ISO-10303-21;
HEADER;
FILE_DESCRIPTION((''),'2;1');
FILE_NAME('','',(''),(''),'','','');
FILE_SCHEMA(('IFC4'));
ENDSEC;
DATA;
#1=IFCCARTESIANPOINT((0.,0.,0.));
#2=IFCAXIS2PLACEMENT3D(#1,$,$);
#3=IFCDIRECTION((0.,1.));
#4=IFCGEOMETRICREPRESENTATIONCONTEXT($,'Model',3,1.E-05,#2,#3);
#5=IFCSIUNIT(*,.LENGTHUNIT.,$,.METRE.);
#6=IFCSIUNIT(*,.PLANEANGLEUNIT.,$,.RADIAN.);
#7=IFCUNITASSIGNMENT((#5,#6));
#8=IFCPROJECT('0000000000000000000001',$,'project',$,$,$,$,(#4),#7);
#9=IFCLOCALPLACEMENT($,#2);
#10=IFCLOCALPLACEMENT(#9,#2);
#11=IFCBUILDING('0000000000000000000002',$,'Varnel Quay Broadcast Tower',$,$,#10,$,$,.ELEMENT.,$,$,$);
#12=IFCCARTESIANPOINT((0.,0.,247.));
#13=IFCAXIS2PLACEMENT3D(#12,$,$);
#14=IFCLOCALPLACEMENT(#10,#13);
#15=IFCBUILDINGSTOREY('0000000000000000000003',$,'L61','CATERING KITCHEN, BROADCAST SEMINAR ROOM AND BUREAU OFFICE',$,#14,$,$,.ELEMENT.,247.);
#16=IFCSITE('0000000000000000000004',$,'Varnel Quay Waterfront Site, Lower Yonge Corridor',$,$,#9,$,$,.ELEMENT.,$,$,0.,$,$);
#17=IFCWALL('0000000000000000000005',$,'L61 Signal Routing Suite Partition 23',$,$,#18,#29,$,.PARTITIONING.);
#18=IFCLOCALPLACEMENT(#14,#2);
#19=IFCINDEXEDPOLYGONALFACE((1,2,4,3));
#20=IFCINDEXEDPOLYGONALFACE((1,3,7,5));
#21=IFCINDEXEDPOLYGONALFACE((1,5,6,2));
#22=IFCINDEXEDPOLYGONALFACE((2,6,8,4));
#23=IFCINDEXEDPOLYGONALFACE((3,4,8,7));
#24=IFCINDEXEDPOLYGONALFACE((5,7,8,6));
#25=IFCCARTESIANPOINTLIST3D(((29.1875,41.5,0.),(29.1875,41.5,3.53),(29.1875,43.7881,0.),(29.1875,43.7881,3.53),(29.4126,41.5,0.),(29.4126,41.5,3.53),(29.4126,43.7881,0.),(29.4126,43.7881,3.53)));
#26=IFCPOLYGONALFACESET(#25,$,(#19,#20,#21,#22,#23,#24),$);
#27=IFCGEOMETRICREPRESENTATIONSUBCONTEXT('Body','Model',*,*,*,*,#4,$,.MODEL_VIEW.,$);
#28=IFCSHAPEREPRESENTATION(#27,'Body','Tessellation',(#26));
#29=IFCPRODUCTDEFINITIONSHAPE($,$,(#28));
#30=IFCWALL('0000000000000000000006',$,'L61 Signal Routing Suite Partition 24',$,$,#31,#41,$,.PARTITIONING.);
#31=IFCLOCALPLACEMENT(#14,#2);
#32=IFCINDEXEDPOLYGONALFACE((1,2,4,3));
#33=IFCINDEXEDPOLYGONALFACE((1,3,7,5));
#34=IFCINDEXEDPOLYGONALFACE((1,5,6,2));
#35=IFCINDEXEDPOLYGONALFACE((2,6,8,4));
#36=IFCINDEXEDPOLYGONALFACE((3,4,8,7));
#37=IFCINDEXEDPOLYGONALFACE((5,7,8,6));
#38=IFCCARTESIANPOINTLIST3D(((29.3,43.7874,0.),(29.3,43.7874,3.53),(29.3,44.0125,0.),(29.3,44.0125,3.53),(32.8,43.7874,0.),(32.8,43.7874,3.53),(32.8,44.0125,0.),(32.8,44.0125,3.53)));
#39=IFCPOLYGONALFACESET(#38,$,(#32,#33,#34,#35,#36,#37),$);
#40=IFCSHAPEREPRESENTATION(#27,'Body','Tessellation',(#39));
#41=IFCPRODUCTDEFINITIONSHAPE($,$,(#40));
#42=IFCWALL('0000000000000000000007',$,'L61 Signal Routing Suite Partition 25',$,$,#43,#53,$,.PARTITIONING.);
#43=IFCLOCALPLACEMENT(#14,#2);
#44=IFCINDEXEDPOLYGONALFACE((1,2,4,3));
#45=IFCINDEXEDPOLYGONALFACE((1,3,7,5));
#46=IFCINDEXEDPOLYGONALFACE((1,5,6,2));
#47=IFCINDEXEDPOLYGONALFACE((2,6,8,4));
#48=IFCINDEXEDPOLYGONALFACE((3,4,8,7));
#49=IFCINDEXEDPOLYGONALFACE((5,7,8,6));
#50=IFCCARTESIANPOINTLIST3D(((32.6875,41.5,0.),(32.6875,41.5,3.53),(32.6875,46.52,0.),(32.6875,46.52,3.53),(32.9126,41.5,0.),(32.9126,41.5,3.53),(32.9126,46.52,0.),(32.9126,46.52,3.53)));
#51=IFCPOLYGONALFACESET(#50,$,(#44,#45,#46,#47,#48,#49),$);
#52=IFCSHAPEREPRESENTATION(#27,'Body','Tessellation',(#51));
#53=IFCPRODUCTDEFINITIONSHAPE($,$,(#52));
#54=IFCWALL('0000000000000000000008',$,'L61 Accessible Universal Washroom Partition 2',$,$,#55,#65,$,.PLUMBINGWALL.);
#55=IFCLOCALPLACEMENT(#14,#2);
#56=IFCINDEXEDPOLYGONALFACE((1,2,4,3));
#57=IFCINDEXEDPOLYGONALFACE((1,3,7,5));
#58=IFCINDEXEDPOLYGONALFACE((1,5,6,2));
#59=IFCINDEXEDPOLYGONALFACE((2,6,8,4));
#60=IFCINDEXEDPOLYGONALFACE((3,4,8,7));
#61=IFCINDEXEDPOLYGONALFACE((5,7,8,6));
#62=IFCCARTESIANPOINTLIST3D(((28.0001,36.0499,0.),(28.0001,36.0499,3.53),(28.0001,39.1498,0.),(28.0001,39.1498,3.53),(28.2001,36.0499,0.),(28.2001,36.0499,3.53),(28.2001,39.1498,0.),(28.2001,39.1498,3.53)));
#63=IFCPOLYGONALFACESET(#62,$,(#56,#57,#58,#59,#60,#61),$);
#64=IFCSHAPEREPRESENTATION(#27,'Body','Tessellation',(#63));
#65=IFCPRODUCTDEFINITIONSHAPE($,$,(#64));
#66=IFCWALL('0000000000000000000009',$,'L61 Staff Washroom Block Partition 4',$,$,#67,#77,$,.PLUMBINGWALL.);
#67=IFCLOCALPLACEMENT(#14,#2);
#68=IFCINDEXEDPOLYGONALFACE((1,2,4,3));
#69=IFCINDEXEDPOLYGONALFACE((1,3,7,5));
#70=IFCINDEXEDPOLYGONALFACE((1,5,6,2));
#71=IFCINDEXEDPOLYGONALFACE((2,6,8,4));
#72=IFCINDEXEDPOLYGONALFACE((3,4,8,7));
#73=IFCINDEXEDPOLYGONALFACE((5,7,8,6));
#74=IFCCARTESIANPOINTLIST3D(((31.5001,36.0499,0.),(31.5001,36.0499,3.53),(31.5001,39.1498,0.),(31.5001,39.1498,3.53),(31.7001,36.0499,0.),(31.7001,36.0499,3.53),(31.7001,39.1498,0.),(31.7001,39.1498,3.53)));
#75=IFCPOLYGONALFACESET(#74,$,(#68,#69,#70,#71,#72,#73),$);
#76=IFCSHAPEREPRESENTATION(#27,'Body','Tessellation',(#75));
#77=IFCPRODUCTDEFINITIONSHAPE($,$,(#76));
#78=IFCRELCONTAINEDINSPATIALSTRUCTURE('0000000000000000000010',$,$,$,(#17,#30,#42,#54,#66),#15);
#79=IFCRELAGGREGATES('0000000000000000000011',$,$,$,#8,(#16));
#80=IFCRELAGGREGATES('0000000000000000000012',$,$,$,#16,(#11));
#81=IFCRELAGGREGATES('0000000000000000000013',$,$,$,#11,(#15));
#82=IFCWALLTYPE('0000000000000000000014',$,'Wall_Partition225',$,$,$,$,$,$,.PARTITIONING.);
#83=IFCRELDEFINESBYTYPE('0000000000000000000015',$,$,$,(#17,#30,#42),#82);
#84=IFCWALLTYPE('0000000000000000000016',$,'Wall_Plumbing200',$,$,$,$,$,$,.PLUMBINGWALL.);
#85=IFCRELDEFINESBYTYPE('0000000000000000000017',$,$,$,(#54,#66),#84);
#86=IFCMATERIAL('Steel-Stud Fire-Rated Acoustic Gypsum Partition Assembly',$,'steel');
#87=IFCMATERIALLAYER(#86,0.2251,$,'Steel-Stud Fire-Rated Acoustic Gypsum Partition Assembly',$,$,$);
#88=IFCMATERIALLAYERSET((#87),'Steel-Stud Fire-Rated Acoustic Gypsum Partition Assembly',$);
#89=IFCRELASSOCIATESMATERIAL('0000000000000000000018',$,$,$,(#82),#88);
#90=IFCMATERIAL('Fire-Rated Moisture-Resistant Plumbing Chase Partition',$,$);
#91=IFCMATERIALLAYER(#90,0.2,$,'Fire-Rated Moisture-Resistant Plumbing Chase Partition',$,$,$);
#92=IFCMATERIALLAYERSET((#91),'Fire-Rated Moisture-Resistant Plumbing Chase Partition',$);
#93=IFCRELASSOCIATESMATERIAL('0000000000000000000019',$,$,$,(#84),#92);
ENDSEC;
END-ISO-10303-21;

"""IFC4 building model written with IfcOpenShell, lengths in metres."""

from ifc_helpers import new_model, si_unit, direction, frame, frame_2d, origin, place, context, subcontext, project, spatial, rectangle, extrude, material, layer, layer_set, type_object, element, save


model = new_model("IFC4")

# Units and contexts
model_context = context("Model", 3, precision=1e-05, world=origin(), true_north=direction((0.0, 1.0)))
body_context = subcontext(model_context, "Body", "Model", "MODEL_VIEW")
ifc_project = project(units=[si_unit("LENGTHUNIT", "METRE"), si_unit("PLANEANGLEUNIT", "RADIAN")], contexts=[model_context])

# Site, building, storey
site_placement = place(None, origin())
site = spatial("IfcSite", under=ifc_project, at=site_placement, Name="Varnel Quay Waterfront Site, Lower Yonge Corridor", CompositionType="ELEMENT", RefElevation=0.0)
building_placement = place(site_placement, origin())
building = spatial("IfcBuilding", under=site, at=building_placement, Name="Varnel Quay Broadcast Tower", CompositionType="ELEMENT")
storey_placement = place(building_placement, frame((0.0, 0.0, 247.0)))
storey = spatial("IfcBuildingStorey", under=building, at=storey_placement, Name="L61", Description="CATERING KITCHEN, BROADCAST SEMINAR ROOM AND BUREAU OFFICE", CompositionType="ELEMENT", Elevation=247.0)

# Shared definitions
ifc_material_1 = material(Name="Steel-Stud Fire-Rated Acoustic Gypsum Partition Assembly", Category="steel")

# Walls
ifc_layer_1 = layer(ifc_material_1, 0.2251, Name="Steel-Stud Fire-Rated Acoustic Gypsum Partition Assembly")
ifc_layer_set_1 = layer_set([ifc_layer_1], Name="Steel-Stud Fire-Rated Acoustic Gypsum Partition Assembly")
wall_type_1 = type_object("IfcWallType", Name="Wall_Partition225", PredefinedType="PARTITIONING", material=ifc_layer_set_1)
wall_1_placement = place(storey_placement, frame((29.3, 41.5, 0.0), z_axis=(0.0, 0.0, 1.0), x_axis=(0.0, 1.0, 0.0)))
element("IfcWall", 1, at=wall_1_placement, inside=storey, type_object=wall_type_1, Name="L61 Signal Routing Suite Partition 23", PredefinedType="PARTITIONING", context=body_context, shape_type="SweptSolid", body=[
    extrude(rectangle(XDim=2.2881, YDim=0.2251, at=frame_2d((1.144, 0.0))), origin(), (0.0, 0.0, 1.0), 3.53),
])
wall_2_placement = place(storey_placement, frame((29.3, 43.8999, 0.0), z_axis=(0.0, 0.0, 1.0), x_axis=(1.0, 0.0, 0.0)))
element("IfcWall", 2, at=wall_2_placement, inside=storey, type_object=wall_type_1, Name="L61 Signal Routing Suite Partition 24", PredefinedType="PARTITIONING", context=body_context, shape_type="SweptSolid", body=[
    extrude(rectangle(XDim=3.5, YDim=0.2251, at=frame_2d((1.75, 0.0))), origin(), (0.0, 0.0, 1.0), 3.53),
])
wall_3_placement = place(storey_placement, frame((32.8, 41.5, 0.0), z_axis=(0.0, 0.0, 1.0), x_axis=(0.0, 1.0, 0.0)))
element("IfcWall", 3, at=wall_3_placement, inside=storey, type_object=wall_type_1, Name="L61 Signal Routing Suite Partition 25", PredefinedType="PARTITIONING", context=body_context, shape_type="SweptSolid", body=[
    extrude(rectangle(XDim=5.02, YDim=0.2251, at=frame_2d((2.51, 0.0))), origin(), (0.0, 0.0, 1.0), 3.53),
])
ifc_material_2 = material(Name="Fire-Rated Moisture-Resistant Plumbing Chase Partition")
ifc_layer_2 = layer(ifc_material_2, 0.2, Name="Fire-Rated Moisture-Resistant Plumbing Chase Partition")
ifc_layer_set_2 = layer_set([ifc_layer_2], Name="Fire-Rated Moisture-Resistant Plumbing Chase Partition")
wall_type_2 = type_object("IfcWallType", Name="Wall_Plumbing200", PredefinedType="PLUMBINGWALL", material=ifc_layer_set_2)
for number, where, z_axis, x_axis, name in (
    (4, (28.1001, 36.05, 0.0), (0.0, 0.0, 1.0), (0.0, 1.0, 0.0), "L61 Accessible Universal Washroom Partition 2"),
    (5, (31.6001, 36.05, 0.0), (0.0, 0.0, 1.0), (0.0, 1.0, 0.0), "L61 Staff Washroom Block Partition 4"),
):
    element("IfcWall", number, at=place(storey_placement, frame(where, z_axis=z_axis, x_axis=x_axis)), inside=storey, type_object=wall_type_2, Name=name, PredefinedType="PLUMBINGWALL", context=body_context, shape_type="SweptSolid", body=[
        extrude(rectangle(XDim=3.0999, YDim=0.2, at=frame_2d((1.5498, 0.0))), origin(), (0.0, 0.0, 1.0), 3.53),
    ])

save(model, "model.ifc")
